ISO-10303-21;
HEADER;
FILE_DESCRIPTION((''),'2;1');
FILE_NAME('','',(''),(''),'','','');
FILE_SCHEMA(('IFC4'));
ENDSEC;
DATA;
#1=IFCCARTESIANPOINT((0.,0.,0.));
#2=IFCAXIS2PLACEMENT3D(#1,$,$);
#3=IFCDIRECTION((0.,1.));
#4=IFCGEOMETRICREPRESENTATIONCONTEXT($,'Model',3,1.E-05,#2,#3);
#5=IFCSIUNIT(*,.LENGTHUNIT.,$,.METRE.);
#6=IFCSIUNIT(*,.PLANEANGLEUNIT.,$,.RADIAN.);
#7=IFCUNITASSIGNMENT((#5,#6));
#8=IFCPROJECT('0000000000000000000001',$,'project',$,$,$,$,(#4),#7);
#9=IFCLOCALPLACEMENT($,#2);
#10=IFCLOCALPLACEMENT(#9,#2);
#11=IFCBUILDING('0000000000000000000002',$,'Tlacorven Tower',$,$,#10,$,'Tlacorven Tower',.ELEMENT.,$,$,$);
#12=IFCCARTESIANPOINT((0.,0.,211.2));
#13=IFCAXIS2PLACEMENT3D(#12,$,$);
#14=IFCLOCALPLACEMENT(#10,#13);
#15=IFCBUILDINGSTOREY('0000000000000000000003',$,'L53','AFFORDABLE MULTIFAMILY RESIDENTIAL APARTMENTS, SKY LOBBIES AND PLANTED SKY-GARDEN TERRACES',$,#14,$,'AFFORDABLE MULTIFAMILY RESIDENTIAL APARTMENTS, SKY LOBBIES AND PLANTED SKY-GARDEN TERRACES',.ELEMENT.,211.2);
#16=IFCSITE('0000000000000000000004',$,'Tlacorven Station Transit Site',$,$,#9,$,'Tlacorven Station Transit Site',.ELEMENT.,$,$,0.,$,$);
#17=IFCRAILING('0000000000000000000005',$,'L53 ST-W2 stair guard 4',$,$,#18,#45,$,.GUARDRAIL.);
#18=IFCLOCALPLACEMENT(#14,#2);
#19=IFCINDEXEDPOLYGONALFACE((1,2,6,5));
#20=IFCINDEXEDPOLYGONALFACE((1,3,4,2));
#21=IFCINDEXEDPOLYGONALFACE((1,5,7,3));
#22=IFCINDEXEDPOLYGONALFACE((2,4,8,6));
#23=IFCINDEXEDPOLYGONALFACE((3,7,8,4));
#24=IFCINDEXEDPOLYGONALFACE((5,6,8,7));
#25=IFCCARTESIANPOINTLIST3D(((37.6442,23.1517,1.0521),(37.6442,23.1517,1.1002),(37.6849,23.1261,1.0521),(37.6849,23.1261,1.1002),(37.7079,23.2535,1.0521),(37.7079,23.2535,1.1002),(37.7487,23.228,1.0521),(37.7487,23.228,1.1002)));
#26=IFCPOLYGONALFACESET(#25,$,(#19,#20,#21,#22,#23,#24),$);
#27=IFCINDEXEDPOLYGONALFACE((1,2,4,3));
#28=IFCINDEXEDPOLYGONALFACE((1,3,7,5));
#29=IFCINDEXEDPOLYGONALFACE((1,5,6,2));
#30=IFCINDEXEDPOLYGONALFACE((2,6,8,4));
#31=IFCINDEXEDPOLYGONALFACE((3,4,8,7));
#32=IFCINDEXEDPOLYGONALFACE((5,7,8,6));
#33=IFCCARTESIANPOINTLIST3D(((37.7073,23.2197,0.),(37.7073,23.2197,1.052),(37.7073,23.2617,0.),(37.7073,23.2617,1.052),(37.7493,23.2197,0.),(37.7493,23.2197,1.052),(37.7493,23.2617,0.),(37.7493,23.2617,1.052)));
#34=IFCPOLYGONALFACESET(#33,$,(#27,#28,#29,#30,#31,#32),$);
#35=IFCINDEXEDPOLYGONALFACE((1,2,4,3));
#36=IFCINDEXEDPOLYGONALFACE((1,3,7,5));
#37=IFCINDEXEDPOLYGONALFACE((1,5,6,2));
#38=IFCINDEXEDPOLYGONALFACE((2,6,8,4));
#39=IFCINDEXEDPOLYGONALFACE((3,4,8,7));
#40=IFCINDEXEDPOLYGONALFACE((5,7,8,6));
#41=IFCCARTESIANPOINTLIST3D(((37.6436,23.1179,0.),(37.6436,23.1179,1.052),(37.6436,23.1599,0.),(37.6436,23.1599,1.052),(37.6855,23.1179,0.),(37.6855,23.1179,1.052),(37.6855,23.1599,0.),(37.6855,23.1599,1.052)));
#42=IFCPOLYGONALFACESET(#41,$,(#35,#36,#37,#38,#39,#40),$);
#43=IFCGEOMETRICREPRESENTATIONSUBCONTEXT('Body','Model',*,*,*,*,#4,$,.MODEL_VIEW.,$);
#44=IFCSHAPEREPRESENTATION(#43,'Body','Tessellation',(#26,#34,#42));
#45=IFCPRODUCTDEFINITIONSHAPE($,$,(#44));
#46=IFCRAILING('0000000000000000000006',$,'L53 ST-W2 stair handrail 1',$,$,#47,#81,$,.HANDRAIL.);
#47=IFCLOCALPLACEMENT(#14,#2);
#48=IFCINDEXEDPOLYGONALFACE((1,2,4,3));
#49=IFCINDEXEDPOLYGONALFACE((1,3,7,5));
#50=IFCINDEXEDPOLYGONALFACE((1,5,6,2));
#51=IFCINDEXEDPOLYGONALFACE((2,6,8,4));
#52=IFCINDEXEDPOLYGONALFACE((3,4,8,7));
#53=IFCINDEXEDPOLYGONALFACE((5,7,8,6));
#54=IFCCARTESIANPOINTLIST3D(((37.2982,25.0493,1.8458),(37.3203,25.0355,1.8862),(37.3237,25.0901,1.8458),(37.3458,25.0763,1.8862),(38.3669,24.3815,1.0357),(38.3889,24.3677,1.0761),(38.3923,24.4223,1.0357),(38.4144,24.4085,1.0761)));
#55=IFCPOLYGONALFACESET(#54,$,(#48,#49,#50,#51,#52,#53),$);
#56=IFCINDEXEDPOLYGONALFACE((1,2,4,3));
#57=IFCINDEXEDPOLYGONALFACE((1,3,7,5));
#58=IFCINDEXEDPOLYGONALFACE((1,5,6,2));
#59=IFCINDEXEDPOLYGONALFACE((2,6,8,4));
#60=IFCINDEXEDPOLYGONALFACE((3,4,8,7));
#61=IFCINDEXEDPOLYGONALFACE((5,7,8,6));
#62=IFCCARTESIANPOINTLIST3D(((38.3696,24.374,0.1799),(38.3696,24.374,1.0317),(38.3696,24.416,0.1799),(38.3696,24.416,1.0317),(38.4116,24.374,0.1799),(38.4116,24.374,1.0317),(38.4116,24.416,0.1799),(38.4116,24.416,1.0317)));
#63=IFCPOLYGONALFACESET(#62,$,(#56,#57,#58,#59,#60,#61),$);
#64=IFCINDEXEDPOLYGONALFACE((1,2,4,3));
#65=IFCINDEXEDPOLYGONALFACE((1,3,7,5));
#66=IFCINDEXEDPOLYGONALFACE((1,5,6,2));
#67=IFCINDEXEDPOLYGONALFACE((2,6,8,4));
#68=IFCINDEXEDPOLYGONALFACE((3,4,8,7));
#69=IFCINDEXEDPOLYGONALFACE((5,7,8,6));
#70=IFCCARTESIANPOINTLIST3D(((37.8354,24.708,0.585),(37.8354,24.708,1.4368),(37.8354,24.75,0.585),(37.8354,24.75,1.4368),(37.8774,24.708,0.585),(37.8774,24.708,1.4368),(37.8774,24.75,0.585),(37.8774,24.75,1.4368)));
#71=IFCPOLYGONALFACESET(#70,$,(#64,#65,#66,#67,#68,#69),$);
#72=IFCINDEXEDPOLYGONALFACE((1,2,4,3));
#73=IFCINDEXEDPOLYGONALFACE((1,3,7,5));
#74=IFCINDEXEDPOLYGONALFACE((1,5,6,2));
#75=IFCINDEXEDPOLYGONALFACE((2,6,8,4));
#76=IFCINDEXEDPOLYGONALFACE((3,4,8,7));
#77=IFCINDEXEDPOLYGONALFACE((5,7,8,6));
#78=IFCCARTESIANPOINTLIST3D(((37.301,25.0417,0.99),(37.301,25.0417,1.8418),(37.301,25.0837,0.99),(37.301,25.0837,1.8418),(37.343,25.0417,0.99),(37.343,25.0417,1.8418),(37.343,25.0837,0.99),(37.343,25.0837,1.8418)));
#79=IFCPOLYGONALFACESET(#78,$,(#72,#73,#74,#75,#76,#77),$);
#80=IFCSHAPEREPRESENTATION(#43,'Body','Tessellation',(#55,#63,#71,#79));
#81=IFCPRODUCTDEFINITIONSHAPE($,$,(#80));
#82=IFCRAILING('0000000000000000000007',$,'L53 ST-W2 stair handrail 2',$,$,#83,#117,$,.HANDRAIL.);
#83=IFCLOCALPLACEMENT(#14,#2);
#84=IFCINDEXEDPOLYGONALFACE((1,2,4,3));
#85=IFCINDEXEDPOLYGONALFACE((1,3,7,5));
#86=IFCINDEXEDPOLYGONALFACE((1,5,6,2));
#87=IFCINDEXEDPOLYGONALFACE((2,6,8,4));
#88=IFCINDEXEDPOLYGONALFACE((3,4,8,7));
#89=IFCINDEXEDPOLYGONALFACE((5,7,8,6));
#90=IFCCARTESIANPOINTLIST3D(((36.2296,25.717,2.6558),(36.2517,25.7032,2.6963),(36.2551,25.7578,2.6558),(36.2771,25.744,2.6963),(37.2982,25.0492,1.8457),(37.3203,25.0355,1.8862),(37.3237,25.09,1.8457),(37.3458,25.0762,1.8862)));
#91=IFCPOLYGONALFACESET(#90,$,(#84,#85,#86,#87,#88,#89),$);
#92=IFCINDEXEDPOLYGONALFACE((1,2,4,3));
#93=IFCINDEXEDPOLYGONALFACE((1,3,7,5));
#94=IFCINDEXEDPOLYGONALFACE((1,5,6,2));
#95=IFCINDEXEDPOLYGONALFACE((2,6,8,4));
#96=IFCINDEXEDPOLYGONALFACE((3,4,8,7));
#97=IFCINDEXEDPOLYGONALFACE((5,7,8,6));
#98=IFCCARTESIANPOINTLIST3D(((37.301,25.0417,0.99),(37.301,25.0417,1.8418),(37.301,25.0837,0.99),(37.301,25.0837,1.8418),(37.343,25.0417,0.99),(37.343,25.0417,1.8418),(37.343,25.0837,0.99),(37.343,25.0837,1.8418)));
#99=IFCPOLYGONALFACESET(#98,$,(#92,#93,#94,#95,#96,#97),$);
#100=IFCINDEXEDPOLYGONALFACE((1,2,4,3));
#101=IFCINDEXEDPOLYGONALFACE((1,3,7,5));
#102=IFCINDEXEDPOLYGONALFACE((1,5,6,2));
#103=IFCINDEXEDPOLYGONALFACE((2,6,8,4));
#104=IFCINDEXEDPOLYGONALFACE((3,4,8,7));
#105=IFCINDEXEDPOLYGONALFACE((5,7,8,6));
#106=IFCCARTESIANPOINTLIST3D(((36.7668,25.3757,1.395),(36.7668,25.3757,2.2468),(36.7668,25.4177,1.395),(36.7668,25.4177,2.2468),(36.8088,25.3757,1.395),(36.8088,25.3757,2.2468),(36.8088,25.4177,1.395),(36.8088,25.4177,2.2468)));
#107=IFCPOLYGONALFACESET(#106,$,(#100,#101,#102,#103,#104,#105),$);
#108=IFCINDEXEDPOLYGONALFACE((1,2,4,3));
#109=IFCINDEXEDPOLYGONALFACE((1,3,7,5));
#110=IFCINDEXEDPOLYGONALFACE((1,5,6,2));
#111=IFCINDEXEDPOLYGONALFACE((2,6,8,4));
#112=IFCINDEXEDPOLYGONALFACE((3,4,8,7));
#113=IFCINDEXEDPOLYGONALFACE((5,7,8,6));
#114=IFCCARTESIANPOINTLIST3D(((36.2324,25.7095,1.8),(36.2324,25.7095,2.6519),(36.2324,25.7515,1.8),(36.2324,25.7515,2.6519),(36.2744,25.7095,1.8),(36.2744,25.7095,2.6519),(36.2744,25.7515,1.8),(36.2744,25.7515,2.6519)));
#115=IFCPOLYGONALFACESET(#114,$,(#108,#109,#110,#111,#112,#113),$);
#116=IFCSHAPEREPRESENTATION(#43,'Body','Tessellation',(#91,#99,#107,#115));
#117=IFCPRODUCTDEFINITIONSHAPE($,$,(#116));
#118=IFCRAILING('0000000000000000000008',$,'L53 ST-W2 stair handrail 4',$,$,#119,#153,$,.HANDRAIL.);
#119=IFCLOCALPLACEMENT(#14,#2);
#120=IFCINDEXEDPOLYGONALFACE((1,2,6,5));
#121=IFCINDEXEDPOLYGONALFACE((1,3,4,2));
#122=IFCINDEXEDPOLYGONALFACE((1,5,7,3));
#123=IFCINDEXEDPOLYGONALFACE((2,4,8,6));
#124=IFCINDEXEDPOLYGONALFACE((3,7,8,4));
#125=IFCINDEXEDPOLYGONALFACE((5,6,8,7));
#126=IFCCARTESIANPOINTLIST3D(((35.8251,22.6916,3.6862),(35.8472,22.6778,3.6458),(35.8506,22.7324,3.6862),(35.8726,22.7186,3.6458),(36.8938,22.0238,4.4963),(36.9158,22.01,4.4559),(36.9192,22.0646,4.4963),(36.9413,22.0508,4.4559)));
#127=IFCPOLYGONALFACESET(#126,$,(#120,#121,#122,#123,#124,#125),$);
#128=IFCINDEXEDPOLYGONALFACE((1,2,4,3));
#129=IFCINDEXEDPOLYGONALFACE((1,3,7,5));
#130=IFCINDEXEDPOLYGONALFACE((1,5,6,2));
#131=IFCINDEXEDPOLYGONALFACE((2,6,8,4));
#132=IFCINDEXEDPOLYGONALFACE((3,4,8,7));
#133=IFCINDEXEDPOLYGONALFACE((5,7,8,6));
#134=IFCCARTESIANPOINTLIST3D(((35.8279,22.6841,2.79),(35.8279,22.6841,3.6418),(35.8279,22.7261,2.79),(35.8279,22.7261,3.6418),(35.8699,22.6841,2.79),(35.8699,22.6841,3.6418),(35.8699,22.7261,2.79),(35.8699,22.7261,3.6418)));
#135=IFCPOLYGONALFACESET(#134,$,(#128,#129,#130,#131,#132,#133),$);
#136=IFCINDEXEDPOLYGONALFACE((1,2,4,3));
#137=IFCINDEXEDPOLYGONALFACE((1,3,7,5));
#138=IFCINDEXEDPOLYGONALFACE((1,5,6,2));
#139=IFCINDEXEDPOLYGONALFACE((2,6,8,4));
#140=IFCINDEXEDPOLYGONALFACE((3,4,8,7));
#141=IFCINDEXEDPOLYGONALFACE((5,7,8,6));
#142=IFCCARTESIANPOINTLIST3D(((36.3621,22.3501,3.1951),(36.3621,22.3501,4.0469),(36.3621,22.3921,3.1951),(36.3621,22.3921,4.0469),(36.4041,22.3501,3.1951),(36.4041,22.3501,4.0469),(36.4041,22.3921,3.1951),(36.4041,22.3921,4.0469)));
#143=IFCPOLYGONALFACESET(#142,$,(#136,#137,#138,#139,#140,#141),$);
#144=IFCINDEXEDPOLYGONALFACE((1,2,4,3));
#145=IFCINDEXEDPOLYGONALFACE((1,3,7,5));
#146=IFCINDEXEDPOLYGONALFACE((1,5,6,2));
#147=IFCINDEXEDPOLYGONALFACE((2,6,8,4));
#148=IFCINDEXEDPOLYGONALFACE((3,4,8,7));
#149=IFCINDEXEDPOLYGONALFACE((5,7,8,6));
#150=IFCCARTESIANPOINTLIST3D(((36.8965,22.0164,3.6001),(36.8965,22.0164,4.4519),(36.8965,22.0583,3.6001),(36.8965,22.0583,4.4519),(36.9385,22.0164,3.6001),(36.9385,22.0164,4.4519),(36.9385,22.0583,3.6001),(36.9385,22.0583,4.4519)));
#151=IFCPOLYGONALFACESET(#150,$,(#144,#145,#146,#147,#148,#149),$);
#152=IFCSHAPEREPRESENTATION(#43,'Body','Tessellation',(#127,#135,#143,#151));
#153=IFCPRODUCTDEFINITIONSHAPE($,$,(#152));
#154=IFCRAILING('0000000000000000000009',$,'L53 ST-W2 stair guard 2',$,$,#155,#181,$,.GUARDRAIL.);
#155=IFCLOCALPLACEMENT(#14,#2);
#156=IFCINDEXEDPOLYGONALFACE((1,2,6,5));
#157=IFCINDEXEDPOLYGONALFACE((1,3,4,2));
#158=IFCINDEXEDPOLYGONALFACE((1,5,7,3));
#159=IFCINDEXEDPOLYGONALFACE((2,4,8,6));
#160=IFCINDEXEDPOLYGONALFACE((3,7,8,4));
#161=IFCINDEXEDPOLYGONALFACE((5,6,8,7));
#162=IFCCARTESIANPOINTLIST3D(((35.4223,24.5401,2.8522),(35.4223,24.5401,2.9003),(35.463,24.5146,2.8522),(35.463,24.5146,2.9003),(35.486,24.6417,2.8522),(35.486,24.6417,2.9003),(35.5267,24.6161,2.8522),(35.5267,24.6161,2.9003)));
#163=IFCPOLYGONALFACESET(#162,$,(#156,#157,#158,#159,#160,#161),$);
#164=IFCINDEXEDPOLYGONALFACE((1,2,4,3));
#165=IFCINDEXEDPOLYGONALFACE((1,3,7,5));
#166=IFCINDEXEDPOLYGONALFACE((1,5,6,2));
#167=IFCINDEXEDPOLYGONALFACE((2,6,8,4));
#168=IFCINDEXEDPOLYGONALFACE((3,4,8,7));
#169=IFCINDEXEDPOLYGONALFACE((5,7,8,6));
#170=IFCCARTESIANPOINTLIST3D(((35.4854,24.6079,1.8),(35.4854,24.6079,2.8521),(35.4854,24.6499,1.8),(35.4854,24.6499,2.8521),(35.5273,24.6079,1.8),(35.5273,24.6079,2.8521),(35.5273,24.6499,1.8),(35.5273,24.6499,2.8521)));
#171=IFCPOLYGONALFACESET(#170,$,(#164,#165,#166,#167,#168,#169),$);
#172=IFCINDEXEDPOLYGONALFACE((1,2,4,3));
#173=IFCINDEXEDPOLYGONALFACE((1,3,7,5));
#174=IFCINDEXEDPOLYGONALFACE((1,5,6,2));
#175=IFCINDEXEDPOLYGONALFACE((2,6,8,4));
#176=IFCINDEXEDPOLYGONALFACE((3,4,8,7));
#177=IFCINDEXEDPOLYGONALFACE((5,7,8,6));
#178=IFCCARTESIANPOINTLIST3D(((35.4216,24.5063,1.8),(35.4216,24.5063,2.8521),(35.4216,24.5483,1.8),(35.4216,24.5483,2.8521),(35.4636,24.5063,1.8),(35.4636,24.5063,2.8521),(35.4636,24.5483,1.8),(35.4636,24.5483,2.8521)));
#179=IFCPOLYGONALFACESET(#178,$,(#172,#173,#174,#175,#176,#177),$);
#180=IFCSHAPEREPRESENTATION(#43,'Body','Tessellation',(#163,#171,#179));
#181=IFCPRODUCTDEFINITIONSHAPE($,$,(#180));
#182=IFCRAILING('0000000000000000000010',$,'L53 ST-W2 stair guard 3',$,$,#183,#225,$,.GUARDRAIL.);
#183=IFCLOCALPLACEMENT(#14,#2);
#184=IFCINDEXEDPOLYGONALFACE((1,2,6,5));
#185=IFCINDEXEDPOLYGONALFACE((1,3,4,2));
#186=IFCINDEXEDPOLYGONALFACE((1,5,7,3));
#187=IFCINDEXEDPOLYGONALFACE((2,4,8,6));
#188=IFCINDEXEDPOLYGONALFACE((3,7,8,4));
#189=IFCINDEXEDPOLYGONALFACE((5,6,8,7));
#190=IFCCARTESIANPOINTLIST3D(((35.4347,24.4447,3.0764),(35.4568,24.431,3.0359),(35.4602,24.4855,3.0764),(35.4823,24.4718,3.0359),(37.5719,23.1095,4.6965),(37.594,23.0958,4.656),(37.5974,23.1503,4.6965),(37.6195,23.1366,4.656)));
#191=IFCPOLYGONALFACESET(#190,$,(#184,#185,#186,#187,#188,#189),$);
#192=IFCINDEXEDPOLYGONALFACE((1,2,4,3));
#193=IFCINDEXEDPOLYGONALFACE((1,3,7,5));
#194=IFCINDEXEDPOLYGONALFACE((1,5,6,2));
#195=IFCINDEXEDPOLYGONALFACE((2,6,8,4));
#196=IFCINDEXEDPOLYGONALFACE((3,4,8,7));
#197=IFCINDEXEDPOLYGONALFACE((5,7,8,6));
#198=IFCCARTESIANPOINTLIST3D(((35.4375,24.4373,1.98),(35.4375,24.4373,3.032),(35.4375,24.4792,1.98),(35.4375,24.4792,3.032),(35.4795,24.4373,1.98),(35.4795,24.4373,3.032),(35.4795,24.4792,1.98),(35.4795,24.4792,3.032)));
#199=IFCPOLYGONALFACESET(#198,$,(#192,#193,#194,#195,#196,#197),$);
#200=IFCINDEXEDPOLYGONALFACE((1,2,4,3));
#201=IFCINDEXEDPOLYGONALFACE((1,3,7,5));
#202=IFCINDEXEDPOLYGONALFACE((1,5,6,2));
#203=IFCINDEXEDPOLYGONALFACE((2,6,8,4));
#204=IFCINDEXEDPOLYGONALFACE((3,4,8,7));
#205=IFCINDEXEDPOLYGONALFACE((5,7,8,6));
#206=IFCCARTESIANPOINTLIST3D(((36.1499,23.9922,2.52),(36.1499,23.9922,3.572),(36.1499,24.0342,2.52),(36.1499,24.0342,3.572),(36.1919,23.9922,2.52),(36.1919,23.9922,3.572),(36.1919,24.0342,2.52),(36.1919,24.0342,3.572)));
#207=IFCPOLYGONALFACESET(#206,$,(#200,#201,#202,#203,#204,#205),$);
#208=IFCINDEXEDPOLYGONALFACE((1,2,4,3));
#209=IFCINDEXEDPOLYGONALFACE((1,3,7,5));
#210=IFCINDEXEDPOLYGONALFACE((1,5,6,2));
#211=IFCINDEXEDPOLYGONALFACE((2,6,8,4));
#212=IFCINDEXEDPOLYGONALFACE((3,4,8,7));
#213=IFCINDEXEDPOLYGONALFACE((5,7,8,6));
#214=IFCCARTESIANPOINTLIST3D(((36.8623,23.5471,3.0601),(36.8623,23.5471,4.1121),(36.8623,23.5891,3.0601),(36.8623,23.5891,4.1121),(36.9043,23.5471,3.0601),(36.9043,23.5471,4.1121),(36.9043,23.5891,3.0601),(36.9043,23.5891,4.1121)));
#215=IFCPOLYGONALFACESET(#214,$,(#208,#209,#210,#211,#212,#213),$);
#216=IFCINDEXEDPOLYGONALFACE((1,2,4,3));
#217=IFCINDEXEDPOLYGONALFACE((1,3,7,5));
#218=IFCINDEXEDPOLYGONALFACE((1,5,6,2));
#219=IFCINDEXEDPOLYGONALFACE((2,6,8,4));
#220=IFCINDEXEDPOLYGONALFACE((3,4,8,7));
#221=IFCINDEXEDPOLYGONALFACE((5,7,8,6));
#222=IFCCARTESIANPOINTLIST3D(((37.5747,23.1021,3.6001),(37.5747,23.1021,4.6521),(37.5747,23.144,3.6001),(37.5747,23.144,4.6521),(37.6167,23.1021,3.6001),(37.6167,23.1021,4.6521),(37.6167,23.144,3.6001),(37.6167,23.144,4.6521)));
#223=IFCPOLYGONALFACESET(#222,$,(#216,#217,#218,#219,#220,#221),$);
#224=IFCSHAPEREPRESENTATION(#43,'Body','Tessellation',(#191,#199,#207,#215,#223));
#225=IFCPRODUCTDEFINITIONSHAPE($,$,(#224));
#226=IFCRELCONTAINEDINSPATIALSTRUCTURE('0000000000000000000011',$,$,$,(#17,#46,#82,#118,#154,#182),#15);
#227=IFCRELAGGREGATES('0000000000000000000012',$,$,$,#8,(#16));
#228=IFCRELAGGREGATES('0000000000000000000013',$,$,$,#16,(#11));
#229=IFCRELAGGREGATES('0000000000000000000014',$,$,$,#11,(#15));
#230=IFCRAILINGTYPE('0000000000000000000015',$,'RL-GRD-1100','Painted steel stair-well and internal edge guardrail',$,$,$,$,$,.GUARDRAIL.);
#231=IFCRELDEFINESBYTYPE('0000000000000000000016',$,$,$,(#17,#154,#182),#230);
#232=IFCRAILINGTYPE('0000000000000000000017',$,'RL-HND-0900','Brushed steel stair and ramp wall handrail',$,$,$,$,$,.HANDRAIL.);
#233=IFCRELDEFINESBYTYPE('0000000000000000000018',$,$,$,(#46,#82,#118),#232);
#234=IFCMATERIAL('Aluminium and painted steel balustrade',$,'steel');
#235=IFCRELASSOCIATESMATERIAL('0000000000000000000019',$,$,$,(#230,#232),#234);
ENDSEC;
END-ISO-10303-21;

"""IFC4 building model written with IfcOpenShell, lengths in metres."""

from ifc_helpers import new_model, si_unit, direction, frame, origin, origin_2d, place, context, subcontext, project, spatial, rectangle, extrude, source, transform, mapped, material, type_object, element, save


model = new_model("IFC4")

# Units and contexts
model_context = context("Model", 3, precision=1e-05, world=origin(), true_north=direction((0.0, 1.0)))
body_context = subcontext(model_context, "Body", "Model", "MODEL_VIEW")
ifc_project = project(units=[si_unit("LENGTHUNIT", "METRE"), si_unit("PLANEANGLEUNIT", "RADIAN")], contexts=[model_context])

# Site, building, storey
site_placement = place(None, origin())
site = spatial("IfcSite", under=ifc_project, at=site_placement, Name="Tlacorven Station Transit Site", LongName="Tlacorven Station Transit Site", CompositionType="ELEMENT", RefElevation=0.0)
building_placement = place(site_placement, origin())
building = spatial("IfcBuilding", under=site, at=building_placement, Name="Tlacorven Tower", LongName="Tlacorven Tower", CompositionType="ELEMENT")
storey_placement = place(building_placement, frame((0.0, 0.0, 211.2)))
storey = spatial("IfcBuildingStorey", under=building, at=storey_placement, Name="L53", Description="AFFORDABLE MULTIFAMILY RESIDENTIAL APARTMENTS, SKY LOBBIES AND PLANTED SKY-GARDEN TERRACES", LongName="AFFORDABLE MULTIFAMILY RESIDENTIAL APARTMENTS, SKY LOBBIES AND PLANTED SKY-GARDEN TERRACES", CompositionType="ELEMENT", Elevation=211.2)

# Railings
ifc_material_1 = material(Name="Aluminium and painted steel balustrade", Category="steel")
railing_type_1 = type_object("IfcRailingType", Name="RL-GRD-1100", Description="Painted steel stair-well and internal edge guardrail", PredefinedType="GUARDRAIL", material=ifc_material_1)
shared_shape_1 = source(origin(), body_context, "Body", "SweptSolid", [
    extrude(rectangle(XDim=0.0481, YDim=0.0481, at=origin_2d()), frame((0.0, 0.0, 1.0762), z_axis=(-0.530547, -0.847656, 0.0), x_axis=(0.847656, -0.530547, 0.0)), (0.0, 0.0, 1.0), 0.1201),
    extrude(rectangle(XDim=0.042, YDim=0.042, at=origin_2d()), origin(), (0.0, 0.0, 1.0), 1.052),
    extrude(rectangle(XDim=0.042, YDim=0.042, at=origin_2d()), frame((-0.0637, -0.1018, 0.0)), (0.0, 0.0, 1.0), 1.052),
])
railing_1_placement = place(storey_placement, frame((37.7283, 23.2407, 0.0)))
element("IfcRailing", 1, at=railing_1_placement, inside=storey, type_object=railing_type_1, Name="L53 ST-W2 stair guard 4", PredefinedType="GUARDRAIL", context=body_context, shape_type="MappedRepresentation", body=[
    mapped(shared_shape_1, transform((0.0, 0.0, 0.0), scale=1.0)),
])
railing_type_2 = type_object("IfcRailingType", Name="RL-HND-0900", Description="Brushed steel stair and ramp wall handrail", PredefinedType="HANDRAIL", material=ifc_material_1)
shared_shape_2 = source(origin(), body_context, "Body", "SweptSolid", [
    extrude(rectangle(XDim=0.0481, YDim=0.0481, at=origin_2d()), frame((0.0, 0.0, 0.876), z_axis=(-0.71336, 0.445748, 0.540765), x_axis=(-0.529912, -0.848053, 0.0)), (0.0, 0.0, 1.0), 1.498),
    extrude(rectangle(XDim=0.042, YDim=0.042, at=origin_2d()), origin(), (0.0, 0.0, 1.0), 0.8518),
    extrude(rectangle(XDim=0.042, YDim=0.042, at=origin_2d()), frame((-0.5342, 0.334, 0.405)), (0.0, 0.0, 1.0), 0.8518),
    extrude(rectangle(XDim=0.042, YDim=0.042, at=origin_2d()), frame((-1.0686, 0.6677, 0.8101)), (0.0, 0.0, 1.0), 0.8518),
])
for number, where, name in (
    (2, (38.3906, 24.395, 0.1799), "L53 ST-W2 stair handrail 1"),
    (3, (37.322, 25.0627, 0.99), "L53 ST-W2 stair handrail 2"),
):
    element("IfcRailing", number, at=place(storey_placement, frame(where)), inside=storey, type_object=railing_type_2, Name=name, PredefinedType="HANDRAIL", context=body_context, shape_type="MappedRepresentation", body=[
        mapped(shared_shape_2, transform((0.0, 0.0, 0.0), scale=1.0)),
    ])
shared_shape_3 = source(origin(), body_context, "Body", "SweptSolid", [
    extrude(rectangle(XDim=0.0481, YDim=0.0481, at=origin_2d()), frame((0.0, 0.0, 0.876), z_axis=(0.71336, -0.445748, 0.540765), x_axis=(0.529912, 0.848053, 0.0)), (0.0, 0.0, 1.0), 1.498),
    extrude(rectangle(XDim=0.042, YDim=0.042, at=origin_2d()), origin(), (0.0, 0.0, 1.0), 0.8518),
    extrude(rectangle(XDim=0.042, YDim=0.042, at=origin_2d()), frame((0.5342, -0.334, 0.405)), (0.0, 0.0, 1.0), 0.8518),
    extrude(rectangle(XDim=0.042, YDim=0.042, at=origin_2d()), frame((1.0686, -0.6677, 0.8101)), (0.0, 0.0, 1.0), 0.8518),
])
railing_2_placement = place(storey_placement, frame((35.8489, 22.7051, 2.79)))
element("IfcRailing", 4, at=railing_2_placement, inside=storey, type_object=railing_type_2, Name="L53 ST-W2 stair handrail 4", PredefinedType="HANDRAIL", context=body_context, shape_type="MappedRepresentation", body=[
    mapped(shared_shape_3, transform((0.0, 0.0, 0.0), scale=1.0)),
])
shared_shape_4 = source(origin(), body_context, "Body", "SweptSolid", [
    extrude(rectangle(XDim=0.0481, YDim=0.0481, at=origin_2d()), frame((0.0, 0.0, 1.0762), z_axis=(-0.531462, -0.847082, 0.0), x_axis=(0.847082, -0.531462, 0.0)), (0.0, 0.0, 1.0), 0.1199),
    extrude(rectangle(XDim=0.042, YDim=0.042, at=origin_2d()), origin(), (0.0, 0.0, 1.0), 1.052),
    extrude(rectangle(XDim=0.042, YDim=0.042, at=origin_2d()), frame((-0.0637, -0.1016, 0.0)), (0.0, 0.0, 1.0), 1.052),
])
railing_3_placement = place(storey_placement, frame((35.5063, 24.6289, 1.8)))
element("IfcRailing", 5, at=railing_3_placement, inside=storey, type_object=railing_type_1, Name="L53 ST-W2 stair guard 2", PredefinedType="GUARDRAIL", context=body_context, shape_type="MappedRepresentation", body=[
    mapped(shared_shape_4, transform((0.0, 0.0, 0.0), scale=1.0)),
])
shared_shape_5 = source(origin(), body_context, "Body", "SweptSolid", [
    extrude(rectangle(XDim=0.0481, YDim=0.0481, at=origin_2d()), frame((0.0, 0.0, 1.0762), z_axis=(0.713386, -0.445683, 0.540784), x_axis=(0.529842, 0.848096, 0.0)), (0.0, 0.0, 1.0), 2.9958),
    extrude(rectangle(XDim=0.042, YDim=0.042, at=origin_2d()), origin(), (0.0, 0.0, 1.0), 1.052),
    extrude(rectangle(XDim=0.042, YDim=0.042, at=origin_2d()), frame((0.7124, -0.4451, 0.54)), (0.0, 0.0, 1.0), 1.052),
    extrude(rectangle(XDim=0.042, YDim=0.042, at=origin_2d()), frame((1.4248, -0.8901, 1.0801)), (0.0, 0.0, 1.0), 1.052),
    extrude(rectangle(XDim=0.042, YDim=0.042, at=origin_2d()), frame((2.1372, -1.3352, 1.6201)), (0.0, 0.0, 1.0), 1.052),
])
railing_4_placement = place(storey_placement, frame((35.4585, 24.4583, 1.98)))
element("IfcRailing", 6, at=railing_4_placement, inside=storey, type_object=railing_type_1, Name="L53 ST-W2 stair guard 3", PredefinedType="GUARDRAIL", context=body_context, shape_type="MappedRepresentation", body=[
    mapped(shared_shape_5, transform((0.0, 0.0, 0.0), scale=1.0)),
])

save(model, "model.ifc")
